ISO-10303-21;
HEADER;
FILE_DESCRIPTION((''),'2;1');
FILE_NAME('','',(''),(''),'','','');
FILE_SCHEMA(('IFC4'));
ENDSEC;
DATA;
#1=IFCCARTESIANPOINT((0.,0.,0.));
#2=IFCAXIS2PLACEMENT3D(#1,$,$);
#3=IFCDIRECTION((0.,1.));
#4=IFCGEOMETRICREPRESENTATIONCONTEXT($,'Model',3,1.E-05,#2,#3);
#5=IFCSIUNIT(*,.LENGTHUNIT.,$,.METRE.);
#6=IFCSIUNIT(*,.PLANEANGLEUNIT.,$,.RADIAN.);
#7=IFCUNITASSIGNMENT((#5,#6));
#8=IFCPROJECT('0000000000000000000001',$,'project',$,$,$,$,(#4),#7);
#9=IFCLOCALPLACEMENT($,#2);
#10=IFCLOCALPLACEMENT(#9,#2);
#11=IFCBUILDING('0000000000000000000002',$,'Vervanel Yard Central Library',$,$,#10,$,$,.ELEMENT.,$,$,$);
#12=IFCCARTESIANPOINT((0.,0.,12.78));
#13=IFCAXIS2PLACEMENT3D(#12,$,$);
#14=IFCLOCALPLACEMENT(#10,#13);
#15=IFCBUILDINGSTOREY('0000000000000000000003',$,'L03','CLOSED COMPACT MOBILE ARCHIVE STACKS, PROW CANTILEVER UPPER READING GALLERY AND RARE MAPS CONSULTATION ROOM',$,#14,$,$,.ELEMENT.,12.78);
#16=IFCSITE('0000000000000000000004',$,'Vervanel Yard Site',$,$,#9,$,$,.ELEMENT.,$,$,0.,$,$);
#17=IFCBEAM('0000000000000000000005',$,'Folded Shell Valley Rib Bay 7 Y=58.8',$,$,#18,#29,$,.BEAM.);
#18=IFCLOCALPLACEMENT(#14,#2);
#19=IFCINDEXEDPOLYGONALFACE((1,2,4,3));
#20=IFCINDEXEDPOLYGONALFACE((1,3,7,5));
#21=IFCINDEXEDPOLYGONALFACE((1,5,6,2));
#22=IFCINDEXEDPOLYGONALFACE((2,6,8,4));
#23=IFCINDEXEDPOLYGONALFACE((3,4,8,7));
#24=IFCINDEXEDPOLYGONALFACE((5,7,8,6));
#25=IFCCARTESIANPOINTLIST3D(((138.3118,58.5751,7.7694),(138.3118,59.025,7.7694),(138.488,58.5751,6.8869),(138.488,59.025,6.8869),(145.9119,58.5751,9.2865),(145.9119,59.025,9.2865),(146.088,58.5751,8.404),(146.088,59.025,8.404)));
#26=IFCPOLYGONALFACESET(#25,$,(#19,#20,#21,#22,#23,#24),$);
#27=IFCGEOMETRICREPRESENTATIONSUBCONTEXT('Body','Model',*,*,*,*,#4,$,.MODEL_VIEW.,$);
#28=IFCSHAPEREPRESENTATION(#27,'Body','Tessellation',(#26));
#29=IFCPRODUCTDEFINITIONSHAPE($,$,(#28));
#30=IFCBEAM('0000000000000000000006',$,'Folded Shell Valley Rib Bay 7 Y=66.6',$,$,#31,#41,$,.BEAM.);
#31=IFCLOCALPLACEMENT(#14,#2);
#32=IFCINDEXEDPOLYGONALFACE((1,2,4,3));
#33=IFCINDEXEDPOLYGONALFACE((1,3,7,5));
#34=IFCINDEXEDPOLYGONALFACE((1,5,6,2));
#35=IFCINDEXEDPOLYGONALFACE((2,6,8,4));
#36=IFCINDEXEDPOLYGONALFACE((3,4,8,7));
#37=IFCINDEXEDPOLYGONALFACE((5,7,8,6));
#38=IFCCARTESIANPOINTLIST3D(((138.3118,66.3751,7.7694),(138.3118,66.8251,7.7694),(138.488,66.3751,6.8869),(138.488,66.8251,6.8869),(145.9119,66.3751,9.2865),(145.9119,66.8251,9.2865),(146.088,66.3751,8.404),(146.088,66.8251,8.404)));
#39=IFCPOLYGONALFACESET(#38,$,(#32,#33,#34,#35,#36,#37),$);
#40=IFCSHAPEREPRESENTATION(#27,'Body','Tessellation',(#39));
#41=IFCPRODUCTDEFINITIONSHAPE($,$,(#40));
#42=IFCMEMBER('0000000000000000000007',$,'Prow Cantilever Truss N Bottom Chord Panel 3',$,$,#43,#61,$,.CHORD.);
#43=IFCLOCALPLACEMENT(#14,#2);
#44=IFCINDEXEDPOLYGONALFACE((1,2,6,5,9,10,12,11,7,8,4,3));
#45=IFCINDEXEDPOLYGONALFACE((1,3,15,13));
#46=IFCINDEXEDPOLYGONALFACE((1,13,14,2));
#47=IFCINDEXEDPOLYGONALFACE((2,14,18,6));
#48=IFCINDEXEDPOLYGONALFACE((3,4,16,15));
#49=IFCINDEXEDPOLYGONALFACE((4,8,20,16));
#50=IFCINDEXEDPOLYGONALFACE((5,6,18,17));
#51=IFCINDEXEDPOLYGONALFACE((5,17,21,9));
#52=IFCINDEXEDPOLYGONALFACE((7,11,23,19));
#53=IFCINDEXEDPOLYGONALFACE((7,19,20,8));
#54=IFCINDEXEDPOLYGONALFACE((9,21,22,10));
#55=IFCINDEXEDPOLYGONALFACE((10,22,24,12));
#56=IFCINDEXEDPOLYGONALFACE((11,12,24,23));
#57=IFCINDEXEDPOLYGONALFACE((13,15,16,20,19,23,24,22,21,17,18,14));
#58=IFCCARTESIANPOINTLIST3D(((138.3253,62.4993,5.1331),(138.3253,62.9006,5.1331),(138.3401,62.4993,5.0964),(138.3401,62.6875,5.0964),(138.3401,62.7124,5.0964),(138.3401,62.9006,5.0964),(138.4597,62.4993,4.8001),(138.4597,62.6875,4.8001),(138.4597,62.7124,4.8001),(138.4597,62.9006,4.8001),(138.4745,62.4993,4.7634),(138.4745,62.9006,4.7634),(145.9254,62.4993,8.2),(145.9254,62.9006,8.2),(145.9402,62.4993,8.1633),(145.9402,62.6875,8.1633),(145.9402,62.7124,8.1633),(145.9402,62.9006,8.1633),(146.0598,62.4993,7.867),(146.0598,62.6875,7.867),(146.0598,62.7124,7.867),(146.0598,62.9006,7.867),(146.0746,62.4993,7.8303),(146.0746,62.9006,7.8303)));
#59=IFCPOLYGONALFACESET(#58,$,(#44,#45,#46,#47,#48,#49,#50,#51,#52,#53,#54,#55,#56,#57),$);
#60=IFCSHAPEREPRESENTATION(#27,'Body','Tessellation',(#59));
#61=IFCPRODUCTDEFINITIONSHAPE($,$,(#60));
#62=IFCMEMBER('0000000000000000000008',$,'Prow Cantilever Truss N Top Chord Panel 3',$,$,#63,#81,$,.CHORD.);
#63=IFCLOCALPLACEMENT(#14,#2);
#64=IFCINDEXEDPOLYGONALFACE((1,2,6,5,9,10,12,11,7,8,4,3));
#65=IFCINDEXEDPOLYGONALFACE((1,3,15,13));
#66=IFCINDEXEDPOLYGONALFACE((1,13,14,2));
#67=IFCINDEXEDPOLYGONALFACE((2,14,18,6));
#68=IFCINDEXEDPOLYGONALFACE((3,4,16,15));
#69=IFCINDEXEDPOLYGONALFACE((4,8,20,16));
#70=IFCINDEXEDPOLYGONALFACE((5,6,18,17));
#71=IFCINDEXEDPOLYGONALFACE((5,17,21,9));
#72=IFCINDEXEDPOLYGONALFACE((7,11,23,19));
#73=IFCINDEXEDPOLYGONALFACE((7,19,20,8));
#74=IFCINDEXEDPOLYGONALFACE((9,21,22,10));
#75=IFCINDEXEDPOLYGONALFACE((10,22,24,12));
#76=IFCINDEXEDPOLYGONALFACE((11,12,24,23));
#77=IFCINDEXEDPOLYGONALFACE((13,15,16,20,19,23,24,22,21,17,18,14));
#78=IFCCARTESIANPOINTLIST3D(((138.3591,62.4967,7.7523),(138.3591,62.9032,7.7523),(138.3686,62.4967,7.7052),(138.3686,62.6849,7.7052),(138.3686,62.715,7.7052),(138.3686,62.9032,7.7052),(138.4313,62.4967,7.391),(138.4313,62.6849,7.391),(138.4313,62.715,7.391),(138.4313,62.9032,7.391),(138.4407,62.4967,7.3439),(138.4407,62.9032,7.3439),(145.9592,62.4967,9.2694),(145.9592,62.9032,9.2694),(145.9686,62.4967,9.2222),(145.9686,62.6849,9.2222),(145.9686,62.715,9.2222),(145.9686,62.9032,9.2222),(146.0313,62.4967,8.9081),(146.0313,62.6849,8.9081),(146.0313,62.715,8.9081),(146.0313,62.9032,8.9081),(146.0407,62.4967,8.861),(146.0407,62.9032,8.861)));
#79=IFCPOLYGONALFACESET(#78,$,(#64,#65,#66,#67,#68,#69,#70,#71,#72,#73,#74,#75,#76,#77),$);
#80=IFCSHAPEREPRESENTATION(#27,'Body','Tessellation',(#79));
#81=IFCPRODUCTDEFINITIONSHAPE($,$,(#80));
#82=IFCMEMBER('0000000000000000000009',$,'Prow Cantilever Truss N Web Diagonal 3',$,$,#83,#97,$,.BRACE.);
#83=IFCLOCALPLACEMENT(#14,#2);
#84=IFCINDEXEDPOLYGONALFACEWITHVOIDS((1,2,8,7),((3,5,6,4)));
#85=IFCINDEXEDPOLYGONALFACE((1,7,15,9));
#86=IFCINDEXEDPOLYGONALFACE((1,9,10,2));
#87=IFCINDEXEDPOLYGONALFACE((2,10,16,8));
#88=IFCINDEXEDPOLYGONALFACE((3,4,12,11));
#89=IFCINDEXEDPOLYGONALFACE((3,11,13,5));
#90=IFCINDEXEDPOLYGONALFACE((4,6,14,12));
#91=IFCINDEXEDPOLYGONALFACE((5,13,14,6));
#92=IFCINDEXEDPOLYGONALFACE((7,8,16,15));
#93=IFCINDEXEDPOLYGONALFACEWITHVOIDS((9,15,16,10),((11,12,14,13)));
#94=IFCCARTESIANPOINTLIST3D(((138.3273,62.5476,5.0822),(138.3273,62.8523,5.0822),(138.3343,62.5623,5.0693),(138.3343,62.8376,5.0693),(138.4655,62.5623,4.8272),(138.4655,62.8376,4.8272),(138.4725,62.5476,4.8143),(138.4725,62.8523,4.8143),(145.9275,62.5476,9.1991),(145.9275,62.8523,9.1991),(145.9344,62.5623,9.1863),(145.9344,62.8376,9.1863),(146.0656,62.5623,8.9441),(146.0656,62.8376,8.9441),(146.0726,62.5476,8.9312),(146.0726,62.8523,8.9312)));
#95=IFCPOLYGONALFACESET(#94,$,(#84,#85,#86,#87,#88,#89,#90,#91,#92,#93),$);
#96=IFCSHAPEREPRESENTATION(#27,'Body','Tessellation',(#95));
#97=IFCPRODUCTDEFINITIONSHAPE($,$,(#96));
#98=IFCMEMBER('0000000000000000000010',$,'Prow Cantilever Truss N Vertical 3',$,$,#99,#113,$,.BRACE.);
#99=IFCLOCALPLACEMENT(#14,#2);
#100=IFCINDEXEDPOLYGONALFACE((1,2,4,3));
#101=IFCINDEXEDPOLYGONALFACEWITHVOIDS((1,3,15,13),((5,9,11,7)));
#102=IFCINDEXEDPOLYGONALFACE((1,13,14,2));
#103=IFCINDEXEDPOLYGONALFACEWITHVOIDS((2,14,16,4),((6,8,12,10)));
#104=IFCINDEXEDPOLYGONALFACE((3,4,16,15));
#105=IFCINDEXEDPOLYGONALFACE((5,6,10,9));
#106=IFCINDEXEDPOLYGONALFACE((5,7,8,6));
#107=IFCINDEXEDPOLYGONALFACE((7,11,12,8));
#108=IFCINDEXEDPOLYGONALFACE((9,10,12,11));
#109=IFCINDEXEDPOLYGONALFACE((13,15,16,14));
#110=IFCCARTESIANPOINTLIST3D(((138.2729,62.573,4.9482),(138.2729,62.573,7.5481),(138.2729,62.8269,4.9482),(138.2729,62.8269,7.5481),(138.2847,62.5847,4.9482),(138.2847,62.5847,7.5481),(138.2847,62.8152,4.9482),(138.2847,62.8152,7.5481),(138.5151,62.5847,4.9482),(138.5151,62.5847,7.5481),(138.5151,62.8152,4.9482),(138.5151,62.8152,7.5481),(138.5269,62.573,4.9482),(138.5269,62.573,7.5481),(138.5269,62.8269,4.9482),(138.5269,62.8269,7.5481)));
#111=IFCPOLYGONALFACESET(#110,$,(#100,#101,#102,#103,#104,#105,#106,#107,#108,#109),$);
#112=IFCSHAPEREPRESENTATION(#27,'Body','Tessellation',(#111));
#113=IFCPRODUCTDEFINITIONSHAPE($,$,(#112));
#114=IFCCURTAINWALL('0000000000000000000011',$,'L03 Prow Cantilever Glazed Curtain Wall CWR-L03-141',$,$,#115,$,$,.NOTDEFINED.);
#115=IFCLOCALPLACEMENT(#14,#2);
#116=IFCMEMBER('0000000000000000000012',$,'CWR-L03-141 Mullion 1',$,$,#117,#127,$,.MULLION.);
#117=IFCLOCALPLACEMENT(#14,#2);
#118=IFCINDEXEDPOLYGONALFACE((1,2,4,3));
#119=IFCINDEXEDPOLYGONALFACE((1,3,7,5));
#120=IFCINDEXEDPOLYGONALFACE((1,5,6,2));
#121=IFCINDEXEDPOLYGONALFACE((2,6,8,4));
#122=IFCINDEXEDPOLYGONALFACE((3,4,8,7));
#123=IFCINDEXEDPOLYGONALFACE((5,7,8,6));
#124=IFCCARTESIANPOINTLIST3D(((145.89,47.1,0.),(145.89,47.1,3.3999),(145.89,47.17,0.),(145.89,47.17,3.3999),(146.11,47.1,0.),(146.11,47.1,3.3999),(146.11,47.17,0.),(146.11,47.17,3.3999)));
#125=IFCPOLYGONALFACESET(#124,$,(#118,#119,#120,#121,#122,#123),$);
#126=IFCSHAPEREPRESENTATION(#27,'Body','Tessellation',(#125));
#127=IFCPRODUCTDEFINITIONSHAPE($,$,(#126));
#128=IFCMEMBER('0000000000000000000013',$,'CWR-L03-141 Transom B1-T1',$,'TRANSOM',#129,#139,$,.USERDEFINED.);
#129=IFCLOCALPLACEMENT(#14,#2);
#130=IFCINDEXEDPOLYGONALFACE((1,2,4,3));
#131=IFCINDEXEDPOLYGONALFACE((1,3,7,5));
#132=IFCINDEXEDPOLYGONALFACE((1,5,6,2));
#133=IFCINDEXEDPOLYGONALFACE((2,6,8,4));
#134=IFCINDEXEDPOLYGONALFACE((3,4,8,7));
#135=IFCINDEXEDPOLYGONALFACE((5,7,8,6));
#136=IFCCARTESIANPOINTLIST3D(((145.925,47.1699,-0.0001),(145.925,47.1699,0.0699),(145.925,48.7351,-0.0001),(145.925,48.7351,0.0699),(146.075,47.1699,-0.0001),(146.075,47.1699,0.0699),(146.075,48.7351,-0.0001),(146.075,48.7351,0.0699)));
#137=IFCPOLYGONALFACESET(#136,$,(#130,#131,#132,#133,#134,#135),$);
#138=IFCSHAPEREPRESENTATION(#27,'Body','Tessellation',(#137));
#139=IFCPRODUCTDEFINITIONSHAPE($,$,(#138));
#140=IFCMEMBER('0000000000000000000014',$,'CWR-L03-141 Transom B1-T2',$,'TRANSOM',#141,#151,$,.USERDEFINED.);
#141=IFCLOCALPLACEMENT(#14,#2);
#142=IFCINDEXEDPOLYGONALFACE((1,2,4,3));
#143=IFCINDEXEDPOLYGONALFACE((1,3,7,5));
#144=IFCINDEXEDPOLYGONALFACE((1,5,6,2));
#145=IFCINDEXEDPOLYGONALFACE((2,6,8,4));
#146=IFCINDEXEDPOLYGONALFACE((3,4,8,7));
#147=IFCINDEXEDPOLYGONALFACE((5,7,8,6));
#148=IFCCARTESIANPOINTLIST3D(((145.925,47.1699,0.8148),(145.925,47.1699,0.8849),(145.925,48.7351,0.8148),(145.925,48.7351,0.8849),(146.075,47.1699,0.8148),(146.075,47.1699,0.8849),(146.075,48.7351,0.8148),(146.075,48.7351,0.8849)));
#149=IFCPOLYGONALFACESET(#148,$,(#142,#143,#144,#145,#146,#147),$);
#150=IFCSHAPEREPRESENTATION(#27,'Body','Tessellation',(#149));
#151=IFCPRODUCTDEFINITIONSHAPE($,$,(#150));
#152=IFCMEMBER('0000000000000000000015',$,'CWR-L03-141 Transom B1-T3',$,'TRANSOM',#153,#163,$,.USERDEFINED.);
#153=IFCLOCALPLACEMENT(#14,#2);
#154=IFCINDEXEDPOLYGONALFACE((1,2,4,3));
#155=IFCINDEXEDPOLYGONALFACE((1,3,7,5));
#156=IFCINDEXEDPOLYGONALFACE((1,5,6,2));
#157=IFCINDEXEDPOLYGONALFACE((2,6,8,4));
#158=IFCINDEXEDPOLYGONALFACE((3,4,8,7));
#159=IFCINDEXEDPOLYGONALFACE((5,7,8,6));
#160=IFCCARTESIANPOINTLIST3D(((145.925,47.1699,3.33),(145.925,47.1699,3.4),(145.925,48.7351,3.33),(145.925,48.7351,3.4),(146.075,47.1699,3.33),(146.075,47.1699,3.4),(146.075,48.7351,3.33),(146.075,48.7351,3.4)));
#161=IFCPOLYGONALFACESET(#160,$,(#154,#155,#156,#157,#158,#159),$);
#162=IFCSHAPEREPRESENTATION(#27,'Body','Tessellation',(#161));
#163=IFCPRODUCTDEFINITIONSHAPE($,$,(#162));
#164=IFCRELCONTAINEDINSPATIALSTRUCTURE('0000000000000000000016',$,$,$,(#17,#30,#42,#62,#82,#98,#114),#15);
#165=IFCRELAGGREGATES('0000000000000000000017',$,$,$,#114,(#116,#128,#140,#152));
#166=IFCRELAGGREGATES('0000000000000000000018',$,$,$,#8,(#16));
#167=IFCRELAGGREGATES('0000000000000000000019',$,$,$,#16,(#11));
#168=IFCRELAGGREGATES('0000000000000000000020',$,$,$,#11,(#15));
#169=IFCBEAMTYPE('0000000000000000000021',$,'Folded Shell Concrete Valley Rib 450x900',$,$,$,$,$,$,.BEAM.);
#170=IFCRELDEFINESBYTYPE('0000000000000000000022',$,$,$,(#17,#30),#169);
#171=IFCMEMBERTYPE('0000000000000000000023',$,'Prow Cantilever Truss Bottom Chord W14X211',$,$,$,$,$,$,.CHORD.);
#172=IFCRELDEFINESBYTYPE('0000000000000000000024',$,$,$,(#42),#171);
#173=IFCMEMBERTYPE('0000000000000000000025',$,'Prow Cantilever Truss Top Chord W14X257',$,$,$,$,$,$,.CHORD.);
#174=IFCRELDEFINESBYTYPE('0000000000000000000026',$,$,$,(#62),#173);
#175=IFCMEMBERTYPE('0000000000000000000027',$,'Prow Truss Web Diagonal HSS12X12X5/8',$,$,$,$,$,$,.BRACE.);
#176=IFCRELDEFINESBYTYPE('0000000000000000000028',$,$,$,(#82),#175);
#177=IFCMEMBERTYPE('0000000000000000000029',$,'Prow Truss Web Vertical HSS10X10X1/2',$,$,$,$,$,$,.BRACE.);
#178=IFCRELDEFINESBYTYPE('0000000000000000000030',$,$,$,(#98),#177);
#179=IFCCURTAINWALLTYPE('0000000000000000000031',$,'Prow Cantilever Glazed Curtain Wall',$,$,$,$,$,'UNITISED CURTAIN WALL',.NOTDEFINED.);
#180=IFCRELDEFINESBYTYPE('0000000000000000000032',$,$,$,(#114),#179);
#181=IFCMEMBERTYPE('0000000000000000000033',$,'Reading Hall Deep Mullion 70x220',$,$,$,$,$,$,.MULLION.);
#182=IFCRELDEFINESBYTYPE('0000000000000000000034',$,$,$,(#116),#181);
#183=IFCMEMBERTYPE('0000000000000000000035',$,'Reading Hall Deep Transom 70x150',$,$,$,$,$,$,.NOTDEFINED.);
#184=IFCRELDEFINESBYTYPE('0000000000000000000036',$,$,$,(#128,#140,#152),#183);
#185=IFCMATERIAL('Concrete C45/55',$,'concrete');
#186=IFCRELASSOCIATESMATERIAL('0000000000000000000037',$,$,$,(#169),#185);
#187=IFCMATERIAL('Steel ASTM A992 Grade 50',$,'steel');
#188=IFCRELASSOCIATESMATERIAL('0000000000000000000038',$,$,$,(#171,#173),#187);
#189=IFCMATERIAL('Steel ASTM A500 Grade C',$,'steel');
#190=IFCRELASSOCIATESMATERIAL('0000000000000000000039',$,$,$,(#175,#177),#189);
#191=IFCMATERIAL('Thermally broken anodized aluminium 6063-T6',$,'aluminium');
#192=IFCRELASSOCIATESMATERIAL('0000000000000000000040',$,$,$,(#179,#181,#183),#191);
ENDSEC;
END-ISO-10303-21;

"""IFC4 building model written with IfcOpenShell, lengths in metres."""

from ifc_helpers import new_model, si_unit, direction, frame, origin, origin_2d, place, context, subcontext, project, spatial, rectangle, hollow_rectangle, i_section, extrude, material, material_profile, profile_set, type_object, element, aggregate, save


model = new_model("IFC4")

# Units and contexts
model_context = context("Model", 3, precision=1e-05, world=origin(), true_north=direction((0.0, 1.0)))
body_context = subcontext(model_context, "Body", "Model", "MODEL_VIEW")
ifc_project = project(units=[si_unit("LENGTHUNIT", "METRE"), si_unit("PLANEANGLEUNIT", "RADIAN")], contexts=[model_context])

# Site, building, storey
site_placement = place(None, origin())
site = spatial("IfcSite", under=ifc_project, at=site_placement, Name="Vervanel Yard Site", CompositionType="ELEMENT", RefElevation=0.0)
building_placement = place(site_placement, origin())
building = spatial("IfcBuilding", under=site, at=building_placement, Name="Vervanel Yard Central Library", CompositionType="ELEMENT")
storey_placement = place(building_placement, frame((0.0, 0.0, 12.78)))
storey = spatial("IfcBuildingStorey", under=building, at=storey_placement, Name="L03", Description="CLOSED COMPACT MOBILE ARCHIVE STACKS, PROW CANTILEVER UPPER READING GALLERY AND RARE MAPS CONSULTATION ROOM", CompositionType="ELEMENT", Elevation=12.78)

# Beams
ifc_material_1 = material(Name="Concrete C45/55", Category="concrete")
ifc_material_profile_1 = material_profile(ifc_material_1, rectangle(XDim=0.45, YDim=0.8999, at=origin_2d()), Name="RC 450x900", Category="concrete")
ifc_profile_set_1 = profile_set([ifc_material_profile_1], Name="Concrete C45/55")
beam_type = type_object("IfcBeamType", Name="Folded Shell Concrete Valley Rib 450x900", PredefinedType="BEAM", material=ifc_profile_set_1)
for number, where, z_axis, x_axis, name in (
    (1, (138.3999, 58.8, 7.3281), (0.980653, 0.0, 0.195753), (0.0, 1.0, 0.0), "Folded Shell Valley Rib Bay 7 Y=58.8"),
    (2, (138.3999, 66.6001, 7.3281), (0.980653, 0.0, 0.195753), (0.0, 1.0, 0.0), "Folded Shell Valley Rib Bay 7 Y=66.6"),
):
    element("IfcBeam", number, at=place(storey_placement, frame(where, z_axis=z_axis, x_axis=x_axis)), inside=storey, type_object=beam_type, Name=name, PredefinedType="BEAM", context=body_context, shape_type="SweptSolid", body=[
        extrude(rectangle(XDim=0.45, YDim=0.8999, at=origin_2d()), origin(), (0.0, 0.0, 1.0), 7.75),
    ])

# Members
ifc_material_2 = material(Name="Steel ASTM A992 Grade 50", Category="steel")
ifc_material_profile_2 = material_profile(ifc_material_2, i_section(OverallWidth=0.4014, OverallDepth=0.3987, WebThickness=0.0249, FlangeThickness=0.0396, at=origin_2d()), Name="W14X211", Category="steel")
ifc_profile_set_2 = profile_set([ifc_material_profile_2], Name="Steel ASTM A992 Grade 50")
member_type_1 = type_object("IfcMemberType", Name="Prow Cantilever Truss Bottom Chord W14X211", PredefinedType="CHORD", material=ifc_profile_set_2)
member_1_placement = place(storey_placement, frame((138.3999, 62.7, 4.9482), z_axis=(0.927342, 0.0, 0.374214), x_axis=(0.0, 1.0, 0.0)))
element("IfcMember", 3, at=member_1_placement, inside=storey, type_object=member_type_1, Name="Prow Cantilever Truss N Bottom Chord Panel 3", PredefinedType="CHORD", context=body_context, shape_type="SweptSolid", body=[
    extrude(i_section(OverallWidth=0.4014, OverallDepth=0.3987, WebThickness=0.0249, FlangeThickness=0.0396, at=origin_2d()), origin(), (0.0, 0.0, 1.0), 8.1956),
])
ifc_material_profile_3 = material_profile(ifc_material_2, i_section(OverallWidth=0.4065, OverallDepth=0.4165, WebThickness=0.03, FlangeThickness=0.0481, at=origin_2d()), Name="W14X257", Category="steel")
ifc_profile_set_3 = profile_set([ifc_material_profile_3], Name="Steel ASTM A992 Grade 50")
member_type_2 = type_object("IfcMemberType", Name="Prow Cantilever Truss Top Chord W14X257", PredefinedType="CHORD", material=ifc_profile_set_3)
member_2_placement = place(storey_placement, frame((138.3999, 62.7, 7.5481), z_axis=(0.980653, 0.0, 0.195753), x_axis=(0.0, 1.0, 0.0)))
element("IfcMember", 4, at=member_2_placement, inside=storey, type_object=member_type_2, Name="Prow Cantilever Truss N Top Chord Panel 3", PredefinedType="CHORD", context=body_context, shape_type="SweptSolid", body=[
    extrude(i_section(OverallWidth=0.4065, OverallDepth=0.4165, WebThickness=0.03, FlangeThickness=0.0481, at=origin_2d()), origin(), (0.0, 0.0, 1.0), 7.75),
])
ifc_material_3 = material(Name="Steel ASTM A500 Grade C", Category="steel")
ifc_material_profile_4 = material_profile(ifc_material_3, hollow_rectangle(XDim=0.3047, YDim=0.3047, WallThickness=0.0146, at=origin_2d()), Name="HSS12X12X5/8", Category="steel")
ifc_profile_set_4 = profile_set([ifc_material_profile_4], Name="Steel ASTM A500 Grade C")
member_type_3 = type_object("IfcMemberType", Name="Prow Truss Web Diagonal HSS12X12X5/8", PredefinedType="BRACE", material=ifc_profile_set_4)
member_3_placement = place(storey_placement, frame((138.3999, 62.7, 4.9482), z_axis=(0.879281, 0.0, 0.476303), x_axis=(0.0, 1.0, 0.0)))
element("IfcMember", 5, at=member_3_placement, inside=storey, type_object=member_type_3, Name="Prow Cantilever Truss N Web Diagonal 3", PredefinedType="BRACE", context=body_context, shape_type="SweptSolid", body=[
    extrude(hollow_rectangle(XDim=0.3047, YDim=0.3047, WallThickness=0.0146, at=origin_2d()), origin(), (0.0, 0.0, 1.0), 8.6436),
])
ifc_material_profile_5 = material_profile(ifc_material_3, hollow_rectangle(XDim=0.2539, YDim=0.2539, WallThickness=0.0117, at=origin_2d()), Name="HSS10X10X1/2", Category="steel")
ifc_profile_set_5 = profile_set([ifc_material_profile_5], Name="Steel ASTM A500 Grade C")
member_type_4 = type_object("IfcMemberType", Name="Prow Truss Web Vertical HSS10X10X1/2", PredefinedType="BRACE", material=ifc_profile_set_5)
member_4_placement = place(storey_placement, frame((138.3999, 62.7, 4.9482), z_axis=(0.0, 0.0, 1.0), x_axis=(1.0, 0.0, 0.0)))
element("IfcMember", 6, at=member_4_placement, inside=storey, type_object=member_type_4, Name="Prow Cantilever Truss N Vertical 3", PredefinedType="BRACE", context=body_context, shape_type="SweptSolid", body=[
    extrude(hollow_rectangle(XDim=0.2539, YDim=0.2539, WallThickness=0.0117, at=origin_2d()), origin(), (0.0, 0.0, 1.0), 2.5999),
])

# Curtain wall, members
ifc_material_4 = material(Name="Thermally broken anodized aluminium 6063-T6", Category="aluminium")
curtain_wall_type = type_object("IfcCurtainWallType", Name="Prow Cantilever Glazed Curtain Wall", ElementType="UNITISED CURTAIN WALL", PredefinedType="NOTDEFINED", material=ifc_material_4)
curtain_wall_placement = place(storey_placement, origin())
curtain_wall = element("IfcCurtainWall", 7, at=curtain_wall_placement, inside=storey, type_object=curtain_wall_type, Name="L03 Prow Cantilever Glazed Curtain Wall CWR-L03-141", PredefinedType="NOTDEFINED")
ifc_material_profile_6 = material_profile(ifc_material_4, rectangle(XDim=0.0701, YDim=0.22, at=origin_2d()), Name="ALU 70x220", Category="aluminium")
ifc_profile_set_6 = profile_set([ifc_material_profile_6], Name="Thermally broken anodized aluminium 6063-T6")
member_type_5 = type_object("IfcMemberType", Name="Reading Hall Deep Mullion 70x220", PredefinedType="MULLION", material=ifc_profile_set_6)
member_5_placement = place(storey_placement, frame((146.0, 47.135, 0.0), z_axis=(0.0, 0.0, 1.0), x_axis=(0.0, 1.0, 0.0)))
member_5 = element("IfcMember", 8, at=member_5_placement, type_object=member_type_5, Name="CWR-L03-141 Mullion 1", PredefinedType="MULLION", context=body_context, shape_type="SweptSolid", body=[
    extrude(rectangle(XDim=0.0701, YDim=0.22, at=origin_2d()), origin(), (0.0, 0.0, 1.0), 3.3999),
])
ifc_material_profile_7 = material_profile(ifc_material_4, rectangle(XDim=0.0701, YDim=0.1499, at=origin_2d()), Name="ALU 70x150", Category="aluminium")
ifc_profile_set_7 = profile_set([ifc_material_profile_7], Name="Thermally broken anodized aluminium 6063-T6")
member_type_6 = type_object("IfcMemberType", Name="Reading Hall Deep Transom 70x150", PredefinedType="NOTDEFINED", material=ifc_profile_set_7)
member_6_placement = place(storey_placement, frame((146.0, 47.1699, 0.0349), z_axis=(0.0, 1.0, 0.0), x_axis=(0.0, 0.0, 1.0)))
member_6 = element("IfcMember", 9, at=member_6_placement, type_object=member_type_6, Name="CWR-L03-141 Transom B1-T1", ObjectType="TRANSOM", PredefinedType="USERDEFINED", context=body_context, shape_type="SweptSolid", body=[
    extrude(rectangle(XDim=0.0701, YDim=0.1499, at=origin_2d()), origin(), (0.0, 0.0, 1.0), 1.5652),
])
member_7_placement = place(storey_placement, frame((146.0, 47.1699, 0.8499), z_axis=(0.0, 1.0, 0.0), x_axis=(0.0, 0.0, 1.0)))
member_7 = element("IfcMember", 10, at=member_7_placement, type_object=member_type_6, Name="CWR-L03-141 Transom B1-T2", ObjectType="TRANSOM", PredefinedType="USERDEFINED", context=body_context, shape_type="SweptSolid", body=[
    extrude(rectangle(XDim=0.0701, YDim=0.1499, at=origin_2d()), origin(), (0.0, 0.0, 1.0), 1.5652),
])
member_8_placement = place(storey_placement, frame((146.0, 47.1699, 3.365), z_axis=(0.0, 1.0, 0.0), x_axis=(0.0, 0.0, 1.0)))
member_8 = element("IfcMember", 11, at=member_8_placement, type_object=member_type_6, Name="CWR-L03-141 Transom B1-T3", ObjectType="TRANSOM", PredefinedType="USERDEFINED", context=body_context, shape_type="SweptSolid", body=[
    extrude(rectangle(XDim=0.0701, YDim=0.1499, at=origin_2d()), origin(), (0.0, 0.0, 1.0), 1.5652),
])

aggregate(curtain_wall, [member_5, member_6, member_7, member_8])

save(model, "model.ifc")
